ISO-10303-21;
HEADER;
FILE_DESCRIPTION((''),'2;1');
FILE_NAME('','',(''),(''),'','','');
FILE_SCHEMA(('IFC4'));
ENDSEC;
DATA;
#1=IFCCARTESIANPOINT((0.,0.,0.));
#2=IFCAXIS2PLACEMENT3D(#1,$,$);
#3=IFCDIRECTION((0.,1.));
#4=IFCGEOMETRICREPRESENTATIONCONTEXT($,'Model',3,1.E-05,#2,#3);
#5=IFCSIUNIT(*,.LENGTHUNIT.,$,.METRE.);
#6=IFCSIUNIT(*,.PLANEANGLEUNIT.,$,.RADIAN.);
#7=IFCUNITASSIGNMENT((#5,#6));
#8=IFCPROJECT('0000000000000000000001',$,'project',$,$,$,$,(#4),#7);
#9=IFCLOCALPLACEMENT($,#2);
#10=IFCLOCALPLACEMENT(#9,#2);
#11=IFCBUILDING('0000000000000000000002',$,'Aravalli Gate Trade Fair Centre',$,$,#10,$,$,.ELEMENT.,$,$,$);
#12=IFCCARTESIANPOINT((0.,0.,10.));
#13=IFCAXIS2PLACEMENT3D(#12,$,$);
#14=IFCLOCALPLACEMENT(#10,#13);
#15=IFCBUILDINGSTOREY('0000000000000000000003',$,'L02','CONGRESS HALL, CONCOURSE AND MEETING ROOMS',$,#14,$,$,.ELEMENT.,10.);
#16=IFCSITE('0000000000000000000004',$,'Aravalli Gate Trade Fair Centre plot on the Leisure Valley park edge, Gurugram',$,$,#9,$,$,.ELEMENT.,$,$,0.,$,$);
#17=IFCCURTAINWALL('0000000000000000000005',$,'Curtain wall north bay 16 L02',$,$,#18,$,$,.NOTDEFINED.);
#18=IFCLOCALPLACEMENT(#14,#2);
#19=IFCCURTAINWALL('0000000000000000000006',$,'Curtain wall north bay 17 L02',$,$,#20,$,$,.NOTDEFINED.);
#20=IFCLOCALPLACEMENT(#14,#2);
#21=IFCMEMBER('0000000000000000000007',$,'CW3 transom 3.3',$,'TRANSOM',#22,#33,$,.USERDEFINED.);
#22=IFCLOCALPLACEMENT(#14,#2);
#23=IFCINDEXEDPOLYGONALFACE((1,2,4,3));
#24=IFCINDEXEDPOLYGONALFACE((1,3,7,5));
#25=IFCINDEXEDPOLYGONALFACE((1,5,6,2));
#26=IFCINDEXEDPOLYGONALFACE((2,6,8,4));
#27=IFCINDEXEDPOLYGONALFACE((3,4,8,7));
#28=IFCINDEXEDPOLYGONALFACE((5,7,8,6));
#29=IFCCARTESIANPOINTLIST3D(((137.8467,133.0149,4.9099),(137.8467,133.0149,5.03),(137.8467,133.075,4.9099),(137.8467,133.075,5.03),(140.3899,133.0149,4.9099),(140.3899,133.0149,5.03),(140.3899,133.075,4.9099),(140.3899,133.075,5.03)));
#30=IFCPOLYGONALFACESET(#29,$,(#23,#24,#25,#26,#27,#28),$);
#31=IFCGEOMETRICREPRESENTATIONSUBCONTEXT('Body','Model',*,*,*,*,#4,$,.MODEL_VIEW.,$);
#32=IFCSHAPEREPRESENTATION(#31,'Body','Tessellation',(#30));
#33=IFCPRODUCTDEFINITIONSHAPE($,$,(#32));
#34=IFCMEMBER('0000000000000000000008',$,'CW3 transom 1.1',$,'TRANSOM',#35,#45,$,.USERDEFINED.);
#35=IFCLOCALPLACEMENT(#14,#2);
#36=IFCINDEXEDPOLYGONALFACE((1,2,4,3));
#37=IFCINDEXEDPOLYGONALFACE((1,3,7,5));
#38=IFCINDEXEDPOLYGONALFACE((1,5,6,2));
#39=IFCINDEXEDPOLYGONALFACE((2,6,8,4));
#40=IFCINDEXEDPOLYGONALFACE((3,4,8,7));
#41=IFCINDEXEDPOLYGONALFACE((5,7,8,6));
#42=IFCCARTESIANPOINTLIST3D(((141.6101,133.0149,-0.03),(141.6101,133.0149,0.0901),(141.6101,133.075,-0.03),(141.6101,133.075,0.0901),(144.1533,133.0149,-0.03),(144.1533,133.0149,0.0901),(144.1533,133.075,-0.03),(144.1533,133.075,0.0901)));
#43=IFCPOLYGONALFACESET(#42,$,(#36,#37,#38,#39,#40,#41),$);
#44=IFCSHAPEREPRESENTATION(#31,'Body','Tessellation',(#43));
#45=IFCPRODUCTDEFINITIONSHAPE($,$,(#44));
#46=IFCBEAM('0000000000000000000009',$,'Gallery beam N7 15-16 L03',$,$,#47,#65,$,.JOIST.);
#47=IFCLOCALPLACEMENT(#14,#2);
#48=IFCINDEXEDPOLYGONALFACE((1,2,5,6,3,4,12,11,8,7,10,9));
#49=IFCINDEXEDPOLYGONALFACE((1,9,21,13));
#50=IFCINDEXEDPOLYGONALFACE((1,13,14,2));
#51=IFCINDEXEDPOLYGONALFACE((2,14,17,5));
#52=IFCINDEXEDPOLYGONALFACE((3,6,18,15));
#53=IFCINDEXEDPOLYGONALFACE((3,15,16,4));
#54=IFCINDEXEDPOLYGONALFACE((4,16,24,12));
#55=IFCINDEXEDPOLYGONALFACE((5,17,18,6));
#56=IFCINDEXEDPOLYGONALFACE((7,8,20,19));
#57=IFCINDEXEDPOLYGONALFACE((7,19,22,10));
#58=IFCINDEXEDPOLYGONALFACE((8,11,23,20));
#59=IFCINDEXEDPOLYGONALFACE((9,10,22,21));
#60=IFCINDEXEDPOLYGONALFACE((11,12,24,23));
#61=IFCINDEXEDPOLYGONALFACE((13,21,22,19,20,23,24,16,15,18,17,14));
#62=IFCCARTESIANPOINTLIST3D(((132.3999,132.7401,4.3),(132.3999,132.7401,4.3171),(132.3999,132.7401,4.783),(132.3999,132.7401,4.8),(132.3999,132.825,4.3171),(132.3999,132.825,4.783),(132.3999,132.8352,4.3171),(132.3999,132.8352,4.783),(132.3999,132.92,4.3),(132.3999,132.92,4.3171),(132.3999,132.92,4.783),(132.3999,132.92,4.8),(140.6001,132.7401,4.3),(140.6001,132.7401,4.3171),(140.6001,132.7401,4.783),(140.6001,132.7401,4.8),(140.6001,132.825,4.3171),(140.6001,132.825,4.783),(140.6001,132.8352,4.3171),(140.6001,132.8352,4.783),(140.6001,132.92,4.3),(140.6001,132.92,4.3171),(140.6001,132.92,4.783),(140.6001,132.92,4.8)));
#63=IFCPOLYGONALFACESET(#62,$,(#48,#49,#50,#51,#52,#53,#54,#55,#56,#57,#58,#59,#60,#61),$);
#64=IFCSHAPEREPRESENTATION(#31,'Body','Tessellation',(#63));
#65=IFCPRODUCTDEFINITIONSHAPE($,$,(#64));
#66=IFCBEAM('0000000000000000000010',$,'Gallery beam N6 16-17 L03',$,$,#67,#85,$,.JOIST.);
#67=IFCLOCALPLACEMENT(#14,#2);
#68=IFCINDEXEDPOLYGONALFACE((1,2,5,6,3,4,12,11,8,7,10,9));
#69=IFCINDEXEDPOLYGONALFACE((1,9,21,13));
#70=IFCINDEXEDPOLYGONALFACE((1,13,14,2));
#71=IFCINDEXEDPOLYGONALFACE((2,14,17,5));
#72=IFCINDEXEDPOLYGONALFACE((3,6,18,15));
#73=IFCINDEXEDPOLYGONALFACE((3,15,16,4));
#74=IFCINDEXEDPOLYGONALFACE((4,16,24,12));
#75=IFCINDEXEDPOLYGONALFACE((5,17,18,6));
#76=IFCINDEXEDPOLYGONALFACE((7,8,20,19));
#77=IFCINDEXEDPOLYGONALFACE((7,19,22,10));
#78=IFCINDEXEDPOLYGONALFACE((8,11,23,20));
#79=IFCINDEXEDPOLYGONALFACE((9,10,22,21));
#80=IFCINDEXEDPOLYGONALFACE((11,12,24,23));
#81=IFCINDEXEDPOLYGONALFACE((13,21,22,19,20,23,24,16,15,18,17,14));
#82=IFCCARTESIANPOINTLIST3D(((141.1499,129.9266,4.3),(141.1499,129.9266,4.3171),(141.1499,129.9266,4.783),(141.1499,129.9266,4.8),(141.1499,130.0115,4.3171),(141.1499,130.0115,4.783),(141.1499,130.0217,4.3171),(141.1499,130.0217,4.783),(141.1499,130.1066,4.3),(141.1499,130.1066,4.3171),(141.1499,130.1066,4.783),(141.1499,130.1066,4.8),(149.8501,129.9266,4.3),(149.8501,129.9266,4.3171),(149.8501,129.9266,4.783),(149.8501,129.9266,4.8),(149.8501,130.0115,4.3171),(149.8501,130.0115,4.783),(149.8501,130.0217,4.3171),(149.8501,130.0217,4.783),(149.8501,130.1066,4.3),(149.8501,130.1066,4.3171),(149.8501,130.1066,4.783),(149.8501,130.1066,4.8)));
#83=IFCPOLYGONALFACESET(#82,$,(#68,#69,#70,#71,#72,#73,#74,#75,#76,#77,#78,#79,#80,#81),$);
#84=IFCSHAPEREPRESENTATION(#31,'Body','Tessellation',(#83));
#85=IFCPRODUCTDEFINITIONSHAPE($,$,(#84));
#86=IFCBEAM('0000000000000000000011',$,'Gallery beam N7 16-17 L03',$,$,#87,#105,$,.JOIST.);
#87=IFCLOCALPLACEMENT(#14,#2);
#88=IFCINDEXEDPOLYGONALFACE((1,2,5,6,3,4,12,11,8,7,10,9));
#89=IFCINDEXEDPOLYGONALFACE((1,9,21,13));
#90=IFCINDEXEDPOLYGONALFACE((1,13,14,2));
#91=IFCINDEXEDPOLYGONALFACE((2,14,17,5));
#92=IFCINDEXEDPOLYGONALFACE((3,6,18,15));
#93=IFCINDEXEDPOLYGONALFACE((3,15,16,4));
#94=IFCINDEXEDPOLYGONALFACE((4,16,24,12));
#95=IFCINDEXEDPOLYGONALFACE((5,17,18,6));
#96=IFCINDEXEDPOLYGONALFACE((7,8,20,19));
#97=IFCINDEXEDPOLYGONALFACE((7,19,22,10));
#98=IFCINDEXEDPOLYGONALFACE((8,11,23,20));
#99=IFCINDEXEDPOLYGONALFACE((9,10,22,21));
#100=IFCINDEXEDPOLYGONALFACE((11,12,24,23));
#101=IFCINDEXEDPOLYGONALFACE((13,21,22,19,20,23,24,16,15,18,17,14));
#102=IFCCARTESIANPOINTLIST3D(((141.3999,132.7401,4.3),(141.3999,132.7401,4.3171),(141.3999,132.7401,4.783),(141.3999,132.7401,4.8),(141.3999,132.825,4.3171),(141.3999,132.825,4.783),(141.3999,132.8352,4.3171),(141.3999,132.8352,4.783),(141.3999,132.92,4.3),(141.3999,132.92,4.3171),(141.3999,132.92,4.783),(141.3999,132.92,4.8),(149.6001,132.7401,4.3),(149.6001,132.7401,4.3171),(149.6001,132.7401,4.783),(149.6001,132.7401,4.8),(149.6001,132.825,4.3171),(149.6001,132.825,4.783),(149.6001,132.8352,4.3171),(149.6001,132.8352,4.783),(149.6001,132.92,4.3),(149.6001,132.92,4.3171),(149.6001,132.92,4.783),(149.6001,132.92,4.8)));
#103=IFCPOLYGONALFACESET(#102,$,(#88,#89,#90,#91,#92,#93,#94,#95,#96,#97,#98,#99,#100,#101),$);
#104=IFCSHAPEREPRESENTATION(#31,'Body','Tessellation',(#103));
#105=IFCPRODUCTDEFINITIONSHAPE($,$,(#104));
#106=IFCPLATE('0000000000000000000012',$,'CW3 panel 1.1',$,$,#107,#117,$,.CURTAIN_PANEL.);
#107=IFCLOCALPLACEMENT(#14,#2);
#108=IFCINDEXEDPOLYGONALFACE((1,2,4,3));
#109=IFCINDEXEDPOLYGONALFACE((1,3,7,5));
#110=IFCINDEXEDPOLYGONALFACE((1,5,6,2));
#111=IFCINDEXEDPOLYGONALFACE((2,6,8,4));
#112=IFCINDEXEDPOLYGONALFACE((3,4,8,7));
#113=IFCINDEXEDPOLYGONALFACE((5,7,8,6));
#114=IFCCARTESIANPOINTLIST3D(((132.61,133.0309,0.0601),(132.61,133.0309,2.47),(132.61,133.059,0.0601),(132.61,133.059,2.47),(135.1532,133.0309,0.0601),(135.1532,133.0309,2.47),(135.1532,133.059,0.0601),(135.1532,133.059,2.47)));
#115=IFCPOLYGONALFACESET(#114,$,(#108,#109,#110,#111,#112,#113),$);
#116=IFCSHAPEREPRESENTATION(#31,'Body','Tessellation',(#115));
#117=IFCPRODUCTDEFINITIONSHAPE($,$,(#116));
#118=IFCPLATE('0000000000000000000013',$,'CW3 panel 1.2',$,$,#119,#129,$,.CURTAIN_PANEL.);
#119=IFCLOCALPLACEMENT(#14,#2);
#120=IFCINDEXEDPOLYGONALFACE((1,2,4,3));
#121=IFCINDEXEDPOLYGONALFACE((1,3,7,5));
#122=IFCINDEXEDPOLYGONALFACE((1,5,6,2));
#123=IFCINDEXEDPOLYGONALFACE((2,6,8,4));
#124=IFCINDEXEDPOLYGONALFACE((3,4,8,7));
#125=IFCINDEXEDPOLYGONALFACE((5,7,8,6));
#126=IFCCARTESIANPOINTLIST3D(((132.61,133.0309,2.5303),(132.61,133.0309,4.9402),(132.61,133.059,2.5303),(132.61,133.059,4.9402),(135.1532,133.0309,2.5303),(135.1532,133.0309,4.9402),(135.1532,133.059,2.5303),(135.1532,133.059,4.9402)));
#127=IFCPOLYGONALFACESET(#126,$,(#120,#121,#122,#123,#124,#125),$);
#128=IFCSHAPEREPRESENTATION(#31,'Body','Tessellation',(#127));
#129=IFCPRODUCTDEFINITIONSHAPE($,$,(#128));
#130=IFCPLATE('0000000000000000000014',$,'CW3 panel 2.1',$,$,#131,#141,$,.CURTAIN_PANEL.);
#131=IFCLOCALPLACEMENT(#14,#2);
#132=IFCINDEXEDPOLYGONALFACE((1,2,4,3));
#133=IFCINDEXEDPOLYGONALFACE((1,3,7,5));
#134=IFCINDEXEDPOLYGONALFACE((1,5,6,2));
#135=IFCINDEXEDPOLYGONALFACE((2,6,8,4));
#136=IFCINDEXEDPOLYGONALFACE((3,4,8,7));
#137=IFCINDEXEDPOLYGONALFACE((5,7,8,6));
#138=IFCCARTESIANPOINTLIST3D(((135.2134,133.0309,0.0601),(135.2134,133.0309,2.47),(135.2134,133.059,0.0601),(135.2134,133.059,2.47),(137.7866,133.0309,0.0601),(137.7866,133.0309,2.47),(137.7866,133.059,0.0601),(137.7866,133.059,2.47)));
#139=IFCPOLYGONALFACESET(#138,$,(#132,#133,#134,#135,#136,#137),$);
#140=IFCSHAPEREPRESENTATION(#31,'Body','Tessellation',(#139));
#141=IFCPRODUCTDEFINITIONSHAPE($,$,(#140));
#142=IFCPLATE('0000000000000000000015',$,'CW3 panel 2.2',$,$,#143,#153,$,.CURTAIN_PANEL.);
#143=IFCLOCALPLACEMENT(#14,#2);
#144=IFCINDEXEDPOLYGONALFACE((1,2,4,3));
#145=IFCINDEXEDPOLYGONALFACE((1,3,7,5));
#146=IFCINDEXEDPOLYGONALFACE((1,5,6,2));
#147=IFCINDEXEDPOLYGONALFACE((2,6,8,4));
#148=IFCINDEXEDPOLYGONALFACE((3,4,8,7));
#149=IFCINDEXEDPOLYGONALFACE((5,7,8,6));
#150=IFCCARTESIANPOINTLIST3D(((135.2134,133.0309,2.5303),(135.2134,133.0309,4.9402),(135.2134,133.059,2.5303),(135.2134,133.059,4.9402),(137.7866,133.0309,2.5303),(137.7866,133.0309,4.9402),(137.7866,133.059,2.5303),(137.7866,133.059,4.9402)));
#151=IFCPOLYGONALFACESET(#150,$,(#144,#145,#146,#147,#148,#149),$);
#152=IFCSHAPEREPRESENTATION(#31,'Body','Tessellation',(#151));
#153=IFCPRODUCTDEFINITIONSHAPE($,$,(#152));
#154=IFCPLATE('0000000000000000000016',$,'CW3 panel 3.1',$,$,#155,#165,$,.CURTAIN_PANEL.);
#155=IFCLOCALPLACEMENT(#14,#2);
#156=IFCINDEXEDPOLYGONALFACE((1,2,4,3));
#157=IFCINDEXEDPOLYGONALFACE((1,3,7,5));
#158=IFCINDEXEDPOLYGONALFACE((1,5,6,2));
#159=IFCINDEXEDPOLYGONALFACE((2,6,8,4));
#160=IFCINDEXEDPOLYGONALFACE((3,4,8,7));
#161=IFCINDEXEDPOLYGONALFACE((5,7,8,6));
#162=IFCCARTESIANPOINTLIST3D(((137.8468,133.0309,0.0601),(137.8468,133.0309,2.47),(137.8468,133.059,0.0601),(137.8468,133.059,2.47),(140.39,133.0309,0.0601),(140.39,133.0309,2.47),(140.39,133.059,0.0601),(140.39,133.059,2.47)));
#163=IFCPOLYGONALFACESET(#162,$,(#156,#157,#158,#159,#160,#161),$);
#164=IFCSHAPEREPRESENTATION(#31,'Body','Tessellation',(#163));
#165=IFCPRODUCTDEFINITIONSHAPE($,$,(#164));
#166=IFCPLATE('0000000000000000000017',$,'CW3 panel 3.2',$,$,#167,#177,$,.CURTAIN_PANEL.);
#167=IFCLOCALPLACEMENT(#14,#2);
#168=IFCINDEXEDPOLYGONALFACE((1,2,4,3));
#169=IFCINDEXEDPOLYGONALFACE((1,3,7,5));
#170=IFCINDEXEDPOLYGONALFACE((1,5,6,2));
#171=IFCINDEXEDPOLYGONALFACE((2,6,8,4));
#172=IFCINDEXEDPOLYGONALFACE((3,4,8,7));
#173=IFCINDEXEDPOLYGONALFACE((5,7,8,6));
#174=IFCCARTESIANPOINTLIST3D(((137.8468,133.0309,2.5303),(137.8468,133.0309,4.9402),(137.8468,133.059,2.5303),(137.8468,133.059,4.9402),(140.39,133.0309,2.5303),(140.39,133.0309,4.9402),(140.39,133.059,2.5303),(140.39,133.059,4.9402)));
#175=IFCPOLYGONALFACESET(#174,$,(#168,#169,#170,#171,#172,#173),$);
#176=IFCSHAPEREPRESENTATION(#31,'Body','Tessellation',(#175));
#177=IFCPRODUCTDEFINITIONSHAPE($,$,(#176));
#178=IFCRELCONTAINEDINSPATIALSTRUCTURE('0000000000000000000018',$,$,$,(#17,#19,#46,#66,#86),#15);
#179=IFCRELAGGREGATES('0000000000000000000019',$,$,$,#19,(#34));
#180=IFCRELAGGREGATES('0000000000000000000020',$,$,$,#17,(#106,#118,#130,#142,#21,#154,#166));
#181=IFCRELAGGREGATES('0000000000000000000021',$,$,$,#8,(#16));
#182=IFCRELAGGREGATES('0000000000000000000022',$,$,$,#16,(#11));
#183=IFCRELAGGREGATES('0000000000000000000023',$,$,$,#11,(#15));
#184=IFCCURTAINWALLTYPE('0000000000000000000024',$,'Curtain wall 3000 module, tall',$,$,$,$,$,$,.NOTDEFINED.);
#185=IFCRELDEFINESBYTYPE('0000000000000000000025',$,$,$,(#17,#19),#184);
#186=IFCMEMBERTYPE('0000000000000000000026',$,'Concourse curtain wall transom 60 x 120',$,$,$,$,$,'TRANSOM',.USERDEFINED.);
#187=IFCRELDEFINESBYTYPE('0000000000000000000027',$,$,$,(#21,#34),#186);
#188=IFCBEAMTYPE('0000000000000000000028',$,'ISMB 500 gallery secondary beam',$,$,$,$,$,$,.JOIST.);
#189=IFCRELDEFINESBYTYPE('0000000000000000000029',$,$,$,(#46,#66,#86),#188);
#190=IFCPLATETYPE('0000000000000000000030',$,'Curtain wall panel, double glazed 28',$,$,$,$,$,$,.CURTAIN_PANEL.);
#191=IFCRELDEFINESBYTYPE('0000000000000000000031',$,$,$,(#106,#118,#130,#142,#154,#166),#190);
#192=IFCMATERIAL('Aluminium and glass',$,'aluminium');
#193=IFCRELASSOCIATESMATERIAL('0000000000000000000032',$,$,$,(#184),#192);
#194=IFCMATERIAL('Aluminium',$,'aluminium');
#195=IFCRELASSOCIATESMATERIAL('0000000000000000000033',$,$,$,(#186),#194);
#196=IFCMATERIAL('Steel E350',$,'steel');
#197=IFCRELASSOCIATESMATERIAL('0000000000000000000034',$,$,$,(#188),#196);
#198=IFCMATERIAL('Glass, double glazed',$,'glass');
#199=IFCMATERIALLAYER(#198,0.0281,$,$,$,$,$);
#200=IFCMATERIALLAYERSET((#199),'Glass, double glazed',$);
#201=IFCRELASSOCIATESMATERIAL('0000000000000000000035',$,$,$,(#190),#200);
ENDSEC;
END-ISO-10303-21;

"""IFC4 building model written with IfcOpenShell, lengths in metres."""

from ifc_helpers import new_model, si_unit, direction, frame, origin, origin_2d, place, context, subcontext, project, spatial, rectangle, i_section, extrude, material, layer, layer_set, material_profile, profile_set, type_object, element, aggregate, save


model = new_model("IFC4")

# Units and contexts
model_context = context("Model", 3, precision=1e-05, world=origin(), true_north=direction((0.0, 1.0)))
body_context = subcontext(model_context, "Body", "Model", "MODEL_VIEW")
ifc_project = project(units=[si_unit("LENGTHUNIT", "METRE"), si_unit("PLANEANGLEUNIT", "RADIAN")], contexts=[model_context])

# Site, building, storey
site_placement = place(None, origin())
site = spatial("IfcSite", under=ifc_project, at=site_placement, Name="Aravalli Gate Trade Fair Centre plot on the Leisure Valley park edge, Gurugram", CompositionType="ELEMENT", RefElevation=0.0)
building_placement = place(site_placement, origin())
building = spatial("IfcBuilding", under=site, at=building_placement, Name="Aravalli Gate Trade Fair Centre", CompositionType="ELEMENT")
storey_placement = place(building_placement, frame((0.0, 0.0, 10.0)))
storey = spatial("IfcBuildingStorey", under=building, at=storey_placement, Name="L02", Description="CONGRESS HALL, CONCOURSE AND MEETING ROOMS", CompositionType="ELEMENT", Elevation=10.0)

# Curtain wall
ifc_material_1 = material(Name="Aluminium and glass", Category="aluminium")
curtain_wall_type = type_object("IfcCurtainWallType", Name="Curtain wall 3000 module, tall", PredefinedType="NOTDEFINED", material=ifc_material_1)
curtain_wall_1_placement = place(storey_placement, origin())
curtain_wall_1 = element("IfcCurtainWall", 1, at=curtain_wall_1_placement, inside=storey, type_object=curtain_wall_type, Name="Curtain wall north bay 16 L02", PredefinedType="NOTDEFINED")
ifc_material_2 = material(Name="Aluminium", Category="aluminium")

# Curtain wall
curtain_wall_2_placement = place(storey_placement, origin())
curtain_wall_2 = element("IfcCurtainWall", 2, at=curtain_wall_2_placement, inside=storey, type_object=curtain_wall_type, Name="Curtain wall north bay 17 L02", PredefinedType="NOTDEFINED")

# Members
ifc_material_profile_1 = material_profile(ifc_material_2, rectangle(XDim=0.0601, YDim=0.1201, at=origin_2d()), Name="Concourse curtain wall transom 60 x 120")
ifc_profile_set_1 = profile_set([ifc_material_profile_1], Name="Aluminium")
member_type_1 = type_object("IfcMemberType", Name="Concourse curtain wall transom 60 x 120", ElementType="TRANSOM", PredefinedType="USERDEFINED", material=ifc_profile_set_1)
member_1_placement = place(storey_placement, frame((137.8467, 133.0449, 4.97), z_axis=(1.0, 0.0, 0.0), x_axis=(0.0, 1.0, 0.0)))
member_1 = element("IfcMember", 3, at=member_1_placement, type_object=member_type_1, Name="CW3 transom 3.3", ObjectType="TRANSOM", PredefinedType="USERDEFINED", context=body_context, shape_type="SweptSolid", body=[
    extrude(rectangle(XDim=0.0601, YDim=0.1201, at=origin_2d()), origin(), (0.0, 0.0, 1.0), 2.5432),
])
member_2_placement = place(storey_placement, frame((141.6101, 133.0449, 0.03), z_axis=(1.0, 0.0, 0.0), x_axis=(0.0, 1.0, 0.0)))
member_2 = element("IfcMember", 4, at=member_2_placement, type_object=member_type_1, Name="CW3 transom 1.1", ObjectType="TRANSOM", PredefinedType="USERDEFINED", context=body_context, shape_type="SweptSolid", body=[
    extrude(rectangle(XDim=0.0601, YDim=0.1201, at=origin_2d()), origin(), (0.0, 0.0, 1.0), 2.5432),
])
aggregate(curtain_wall_2, [member_2])

# Beams
ifc_material_3 = material(Name="Steel E350", Category="steel")
ifc_material_profile_2 = material_profile(ifc_material_3, i_section(OverallWidth=0.1799, OverallDepth=0.5, WebThickness=0.0103, FlangeThickness=0.0171, at=origin_2d()), Name="ISMB 500")
ifc_profile_set_2 = profile_set([ifc_material_profile_2], Name="Steel E350")
beam_type = type_object("IfcBeamType", Name="ISMB 500 gallery secondary beam", PredefinedType="JOIST", material=ifc_profile_set_2)
beam_1_placement = place(storey_placement, frame((132.3999, 132.8301, 4.55), z_axis=(1.0, 0.0, 0.0), x_axis=(0.0, 1.0, 0.0)))
element("IfcBeam", 5, at=beam_1_placement, inside=storey, type_object=beam_type, Name="Gallery beam N7 15-16 L03", PredefinedType="JOIST", context=body_context, shape_type="SweptSolid", body=[
    extrude(i_section(OverallWidth=0.1799, OverallDepth=0.5, WebThickness=0.0103, FlangeThickness=0.0171, at=origin_2d()), origin(), (0.0, 0.0, 1.0), 8.2002),
])
beam_2_placement = place(storey_placement, frame((141.1499, 130.0166, 4.55), z_axis=(1.0, 0.0, 0.0), x_axis=(0.0, 1.0, 0.0)))
element("IfcBeam", 6, at=beam_2_placement, inside=storey, type_object=beam_type, Name="Gallery beam N6 16-17 L03", PredefinedType="JOIST", context=body_context, shape_type="SweptSolid", body=[
    extrude(i_section(OverallWidth=0.1799, OverallDepth=0.5, WebThickness=0.0103, FlangeThickness=0.0171, at=origin_2d()), origin(), (0.0, 0.0, 1.0), 8.7002),
])
beam_3_placement = place(storey_placement, frame((141.3999, 132.8301, 4.55), z_axis=(1.0, 0.0, 0.0), x_axis=(0.0, 1.0, 0.0)))
element("IfcBeam", 7, at=beam_3_placement, inside=storey, type_object=beam_type, Name="Gallery beam N7 16-17 L03", PredefinedType="JOIST", context=body_context, shape_type="SweptSolid", body=[
    extrude(i_section(OverallWidth=0.1799, OverallDepth=0.5, WebThickness=0.0103, FlangeThickness=0.0171, at=origin_2d()), origin(), (0.0, 0.0, 1.0), 8.2002),
])

# Plates
ifc_material_4 = material(Name="Glass, double glazed", Category="glass")
ifc_layer = layer(ifc_material_4, 0.0281)
ifc_layer_set = layer_set([ifc_layer], Name="Glass, double glazed")
plate_type = type_object("IfcPlateType", Name="Curtain wall panel, double glazed 28", PredefinedType="CURTAIN_PANEL", material=ifc_layer_set)
plate_1_placement = place(storey_placement, frame((133.8816, 133.0449, 0.0601), z_axis=(0.0, 0.0, 1.0), x_axis=(1.0, 0.0, 0.0)))
plate_1 = element("IfcPlate", 8, at=plate_1_placement, type_object=plate_type, Name="CW3 panel 1.1", PredefinedType="CURTAIN_PANEL", context=body_context, shape_type="SweptSolid", body=[
    extrude(rectangle(XDim=2.5432, YDim=0.0281, at=origin_2d()), origin(), (0.0, 0.0, 1.0), 2.4099),
])
plate_2_placement = place(storey_placement, frame((133.8816, 133.0449, 2.5303), z_axis=(0.0, 0.0, 1.0), x_axis=(1.0, 0.0, 0.0)))
plate_2 = element("IfcPlate", 9, at=plate_2_placement, type_object=plate_type, Name="CW3 panel 1.2", PredefinedType="CURTAIN_PANEL", context=body_context, shape_type="SweptSolid", body=[
    extrude(rectangle(XDim=2.5432, YDim=0.0281, at=origin_2d()), origin(), (0.0, 0.0, 1.0), 2.4099),
])
plate_3_placement = place(storey_placement, frame((136.5, 133.0449, 0.0601), z_axis=(0.0, 0.0, 1.0), x_axis=(1.0, 0.0, 0.0)))
plate_3 = element("IfcPlate", 10, at=plate_3_placement, type_object=plate_type, Name="CW3 panel 2.1", PredefinedType="CURTAIN_PANEL", context=body_context, shape_type="SweptSolid", body=[
    extrude(rectangle(XDim=2.5732, YDim=0.0281, at=origin_2d()), origin(), (0.0, 0.0, 1.0), 2.4099),
])
plate_4_placement = place(storey_placement, frame((136.5, 133.0449, 2.5303), z_axis=(0.0, 0.0, 1.0), x_axis=(1.0, 0.0, 0.0)))
plate_4 = element("IfcPlate", 11, at=plate_4_placement, type_object=plate_type, Name="CW3 panel 2.2", PredefinedType="CURTAIN_PANEL", context=body_context, shape_type="SweptSolid", body=[
    extrude(rectangle(XDim=2.5732, YDim=0.0281, at=origin_2d()), origin(), (0.0, 0.0, 1.0), 2.4099),
])
plate_5_placement = place(storey_placement, frame((139.1184, 133.0449, 0.0601), z_axis=(0.0, 0.0, 1.0), x_axis=(1.0, 0.0, 0.0)))
plate_5 = element("IfcPlate", 12, at=plate_5_placement, type_object=plate_type, Name="CW3 panel 3.1", PredefinedType="CURTAIN_PANEL", context=body_context, shape_type="SweptSolid", body=[
    extrude(rectangle(XDim=2.5432, YDim=0.0281, at=origin_2d()), origin(), (0.0, 0.0, 1.0), 2.4099),
])
plate_6_placement = place(storey_placement, frame((139.1184, 133.0449, 2.5303), z_axis=(0.0, 0.0, 1.0), x_axis=(1.0, 0.0, 0.0)))
plate_6 = element("IfcPlate", 13, at=plate_6_placement, type_object=plate_type, Name="CW3 panel 3.2", PredefinedType="CURTAIN_PANEL", context=body_context, shape_type="SweptSolid", body=[
    extrude(rectangle(XDim=2.5432, YDim=0.0281, at=origin_2d()), origin(), (0.0, 0.0, 1.0), 2.4099),
])
aggregate(curtain_wall_1, [plate_1, plate_2, plate_3, plate_4, member_1, plate_5, plate_6])

save(model, "model.ifc")
